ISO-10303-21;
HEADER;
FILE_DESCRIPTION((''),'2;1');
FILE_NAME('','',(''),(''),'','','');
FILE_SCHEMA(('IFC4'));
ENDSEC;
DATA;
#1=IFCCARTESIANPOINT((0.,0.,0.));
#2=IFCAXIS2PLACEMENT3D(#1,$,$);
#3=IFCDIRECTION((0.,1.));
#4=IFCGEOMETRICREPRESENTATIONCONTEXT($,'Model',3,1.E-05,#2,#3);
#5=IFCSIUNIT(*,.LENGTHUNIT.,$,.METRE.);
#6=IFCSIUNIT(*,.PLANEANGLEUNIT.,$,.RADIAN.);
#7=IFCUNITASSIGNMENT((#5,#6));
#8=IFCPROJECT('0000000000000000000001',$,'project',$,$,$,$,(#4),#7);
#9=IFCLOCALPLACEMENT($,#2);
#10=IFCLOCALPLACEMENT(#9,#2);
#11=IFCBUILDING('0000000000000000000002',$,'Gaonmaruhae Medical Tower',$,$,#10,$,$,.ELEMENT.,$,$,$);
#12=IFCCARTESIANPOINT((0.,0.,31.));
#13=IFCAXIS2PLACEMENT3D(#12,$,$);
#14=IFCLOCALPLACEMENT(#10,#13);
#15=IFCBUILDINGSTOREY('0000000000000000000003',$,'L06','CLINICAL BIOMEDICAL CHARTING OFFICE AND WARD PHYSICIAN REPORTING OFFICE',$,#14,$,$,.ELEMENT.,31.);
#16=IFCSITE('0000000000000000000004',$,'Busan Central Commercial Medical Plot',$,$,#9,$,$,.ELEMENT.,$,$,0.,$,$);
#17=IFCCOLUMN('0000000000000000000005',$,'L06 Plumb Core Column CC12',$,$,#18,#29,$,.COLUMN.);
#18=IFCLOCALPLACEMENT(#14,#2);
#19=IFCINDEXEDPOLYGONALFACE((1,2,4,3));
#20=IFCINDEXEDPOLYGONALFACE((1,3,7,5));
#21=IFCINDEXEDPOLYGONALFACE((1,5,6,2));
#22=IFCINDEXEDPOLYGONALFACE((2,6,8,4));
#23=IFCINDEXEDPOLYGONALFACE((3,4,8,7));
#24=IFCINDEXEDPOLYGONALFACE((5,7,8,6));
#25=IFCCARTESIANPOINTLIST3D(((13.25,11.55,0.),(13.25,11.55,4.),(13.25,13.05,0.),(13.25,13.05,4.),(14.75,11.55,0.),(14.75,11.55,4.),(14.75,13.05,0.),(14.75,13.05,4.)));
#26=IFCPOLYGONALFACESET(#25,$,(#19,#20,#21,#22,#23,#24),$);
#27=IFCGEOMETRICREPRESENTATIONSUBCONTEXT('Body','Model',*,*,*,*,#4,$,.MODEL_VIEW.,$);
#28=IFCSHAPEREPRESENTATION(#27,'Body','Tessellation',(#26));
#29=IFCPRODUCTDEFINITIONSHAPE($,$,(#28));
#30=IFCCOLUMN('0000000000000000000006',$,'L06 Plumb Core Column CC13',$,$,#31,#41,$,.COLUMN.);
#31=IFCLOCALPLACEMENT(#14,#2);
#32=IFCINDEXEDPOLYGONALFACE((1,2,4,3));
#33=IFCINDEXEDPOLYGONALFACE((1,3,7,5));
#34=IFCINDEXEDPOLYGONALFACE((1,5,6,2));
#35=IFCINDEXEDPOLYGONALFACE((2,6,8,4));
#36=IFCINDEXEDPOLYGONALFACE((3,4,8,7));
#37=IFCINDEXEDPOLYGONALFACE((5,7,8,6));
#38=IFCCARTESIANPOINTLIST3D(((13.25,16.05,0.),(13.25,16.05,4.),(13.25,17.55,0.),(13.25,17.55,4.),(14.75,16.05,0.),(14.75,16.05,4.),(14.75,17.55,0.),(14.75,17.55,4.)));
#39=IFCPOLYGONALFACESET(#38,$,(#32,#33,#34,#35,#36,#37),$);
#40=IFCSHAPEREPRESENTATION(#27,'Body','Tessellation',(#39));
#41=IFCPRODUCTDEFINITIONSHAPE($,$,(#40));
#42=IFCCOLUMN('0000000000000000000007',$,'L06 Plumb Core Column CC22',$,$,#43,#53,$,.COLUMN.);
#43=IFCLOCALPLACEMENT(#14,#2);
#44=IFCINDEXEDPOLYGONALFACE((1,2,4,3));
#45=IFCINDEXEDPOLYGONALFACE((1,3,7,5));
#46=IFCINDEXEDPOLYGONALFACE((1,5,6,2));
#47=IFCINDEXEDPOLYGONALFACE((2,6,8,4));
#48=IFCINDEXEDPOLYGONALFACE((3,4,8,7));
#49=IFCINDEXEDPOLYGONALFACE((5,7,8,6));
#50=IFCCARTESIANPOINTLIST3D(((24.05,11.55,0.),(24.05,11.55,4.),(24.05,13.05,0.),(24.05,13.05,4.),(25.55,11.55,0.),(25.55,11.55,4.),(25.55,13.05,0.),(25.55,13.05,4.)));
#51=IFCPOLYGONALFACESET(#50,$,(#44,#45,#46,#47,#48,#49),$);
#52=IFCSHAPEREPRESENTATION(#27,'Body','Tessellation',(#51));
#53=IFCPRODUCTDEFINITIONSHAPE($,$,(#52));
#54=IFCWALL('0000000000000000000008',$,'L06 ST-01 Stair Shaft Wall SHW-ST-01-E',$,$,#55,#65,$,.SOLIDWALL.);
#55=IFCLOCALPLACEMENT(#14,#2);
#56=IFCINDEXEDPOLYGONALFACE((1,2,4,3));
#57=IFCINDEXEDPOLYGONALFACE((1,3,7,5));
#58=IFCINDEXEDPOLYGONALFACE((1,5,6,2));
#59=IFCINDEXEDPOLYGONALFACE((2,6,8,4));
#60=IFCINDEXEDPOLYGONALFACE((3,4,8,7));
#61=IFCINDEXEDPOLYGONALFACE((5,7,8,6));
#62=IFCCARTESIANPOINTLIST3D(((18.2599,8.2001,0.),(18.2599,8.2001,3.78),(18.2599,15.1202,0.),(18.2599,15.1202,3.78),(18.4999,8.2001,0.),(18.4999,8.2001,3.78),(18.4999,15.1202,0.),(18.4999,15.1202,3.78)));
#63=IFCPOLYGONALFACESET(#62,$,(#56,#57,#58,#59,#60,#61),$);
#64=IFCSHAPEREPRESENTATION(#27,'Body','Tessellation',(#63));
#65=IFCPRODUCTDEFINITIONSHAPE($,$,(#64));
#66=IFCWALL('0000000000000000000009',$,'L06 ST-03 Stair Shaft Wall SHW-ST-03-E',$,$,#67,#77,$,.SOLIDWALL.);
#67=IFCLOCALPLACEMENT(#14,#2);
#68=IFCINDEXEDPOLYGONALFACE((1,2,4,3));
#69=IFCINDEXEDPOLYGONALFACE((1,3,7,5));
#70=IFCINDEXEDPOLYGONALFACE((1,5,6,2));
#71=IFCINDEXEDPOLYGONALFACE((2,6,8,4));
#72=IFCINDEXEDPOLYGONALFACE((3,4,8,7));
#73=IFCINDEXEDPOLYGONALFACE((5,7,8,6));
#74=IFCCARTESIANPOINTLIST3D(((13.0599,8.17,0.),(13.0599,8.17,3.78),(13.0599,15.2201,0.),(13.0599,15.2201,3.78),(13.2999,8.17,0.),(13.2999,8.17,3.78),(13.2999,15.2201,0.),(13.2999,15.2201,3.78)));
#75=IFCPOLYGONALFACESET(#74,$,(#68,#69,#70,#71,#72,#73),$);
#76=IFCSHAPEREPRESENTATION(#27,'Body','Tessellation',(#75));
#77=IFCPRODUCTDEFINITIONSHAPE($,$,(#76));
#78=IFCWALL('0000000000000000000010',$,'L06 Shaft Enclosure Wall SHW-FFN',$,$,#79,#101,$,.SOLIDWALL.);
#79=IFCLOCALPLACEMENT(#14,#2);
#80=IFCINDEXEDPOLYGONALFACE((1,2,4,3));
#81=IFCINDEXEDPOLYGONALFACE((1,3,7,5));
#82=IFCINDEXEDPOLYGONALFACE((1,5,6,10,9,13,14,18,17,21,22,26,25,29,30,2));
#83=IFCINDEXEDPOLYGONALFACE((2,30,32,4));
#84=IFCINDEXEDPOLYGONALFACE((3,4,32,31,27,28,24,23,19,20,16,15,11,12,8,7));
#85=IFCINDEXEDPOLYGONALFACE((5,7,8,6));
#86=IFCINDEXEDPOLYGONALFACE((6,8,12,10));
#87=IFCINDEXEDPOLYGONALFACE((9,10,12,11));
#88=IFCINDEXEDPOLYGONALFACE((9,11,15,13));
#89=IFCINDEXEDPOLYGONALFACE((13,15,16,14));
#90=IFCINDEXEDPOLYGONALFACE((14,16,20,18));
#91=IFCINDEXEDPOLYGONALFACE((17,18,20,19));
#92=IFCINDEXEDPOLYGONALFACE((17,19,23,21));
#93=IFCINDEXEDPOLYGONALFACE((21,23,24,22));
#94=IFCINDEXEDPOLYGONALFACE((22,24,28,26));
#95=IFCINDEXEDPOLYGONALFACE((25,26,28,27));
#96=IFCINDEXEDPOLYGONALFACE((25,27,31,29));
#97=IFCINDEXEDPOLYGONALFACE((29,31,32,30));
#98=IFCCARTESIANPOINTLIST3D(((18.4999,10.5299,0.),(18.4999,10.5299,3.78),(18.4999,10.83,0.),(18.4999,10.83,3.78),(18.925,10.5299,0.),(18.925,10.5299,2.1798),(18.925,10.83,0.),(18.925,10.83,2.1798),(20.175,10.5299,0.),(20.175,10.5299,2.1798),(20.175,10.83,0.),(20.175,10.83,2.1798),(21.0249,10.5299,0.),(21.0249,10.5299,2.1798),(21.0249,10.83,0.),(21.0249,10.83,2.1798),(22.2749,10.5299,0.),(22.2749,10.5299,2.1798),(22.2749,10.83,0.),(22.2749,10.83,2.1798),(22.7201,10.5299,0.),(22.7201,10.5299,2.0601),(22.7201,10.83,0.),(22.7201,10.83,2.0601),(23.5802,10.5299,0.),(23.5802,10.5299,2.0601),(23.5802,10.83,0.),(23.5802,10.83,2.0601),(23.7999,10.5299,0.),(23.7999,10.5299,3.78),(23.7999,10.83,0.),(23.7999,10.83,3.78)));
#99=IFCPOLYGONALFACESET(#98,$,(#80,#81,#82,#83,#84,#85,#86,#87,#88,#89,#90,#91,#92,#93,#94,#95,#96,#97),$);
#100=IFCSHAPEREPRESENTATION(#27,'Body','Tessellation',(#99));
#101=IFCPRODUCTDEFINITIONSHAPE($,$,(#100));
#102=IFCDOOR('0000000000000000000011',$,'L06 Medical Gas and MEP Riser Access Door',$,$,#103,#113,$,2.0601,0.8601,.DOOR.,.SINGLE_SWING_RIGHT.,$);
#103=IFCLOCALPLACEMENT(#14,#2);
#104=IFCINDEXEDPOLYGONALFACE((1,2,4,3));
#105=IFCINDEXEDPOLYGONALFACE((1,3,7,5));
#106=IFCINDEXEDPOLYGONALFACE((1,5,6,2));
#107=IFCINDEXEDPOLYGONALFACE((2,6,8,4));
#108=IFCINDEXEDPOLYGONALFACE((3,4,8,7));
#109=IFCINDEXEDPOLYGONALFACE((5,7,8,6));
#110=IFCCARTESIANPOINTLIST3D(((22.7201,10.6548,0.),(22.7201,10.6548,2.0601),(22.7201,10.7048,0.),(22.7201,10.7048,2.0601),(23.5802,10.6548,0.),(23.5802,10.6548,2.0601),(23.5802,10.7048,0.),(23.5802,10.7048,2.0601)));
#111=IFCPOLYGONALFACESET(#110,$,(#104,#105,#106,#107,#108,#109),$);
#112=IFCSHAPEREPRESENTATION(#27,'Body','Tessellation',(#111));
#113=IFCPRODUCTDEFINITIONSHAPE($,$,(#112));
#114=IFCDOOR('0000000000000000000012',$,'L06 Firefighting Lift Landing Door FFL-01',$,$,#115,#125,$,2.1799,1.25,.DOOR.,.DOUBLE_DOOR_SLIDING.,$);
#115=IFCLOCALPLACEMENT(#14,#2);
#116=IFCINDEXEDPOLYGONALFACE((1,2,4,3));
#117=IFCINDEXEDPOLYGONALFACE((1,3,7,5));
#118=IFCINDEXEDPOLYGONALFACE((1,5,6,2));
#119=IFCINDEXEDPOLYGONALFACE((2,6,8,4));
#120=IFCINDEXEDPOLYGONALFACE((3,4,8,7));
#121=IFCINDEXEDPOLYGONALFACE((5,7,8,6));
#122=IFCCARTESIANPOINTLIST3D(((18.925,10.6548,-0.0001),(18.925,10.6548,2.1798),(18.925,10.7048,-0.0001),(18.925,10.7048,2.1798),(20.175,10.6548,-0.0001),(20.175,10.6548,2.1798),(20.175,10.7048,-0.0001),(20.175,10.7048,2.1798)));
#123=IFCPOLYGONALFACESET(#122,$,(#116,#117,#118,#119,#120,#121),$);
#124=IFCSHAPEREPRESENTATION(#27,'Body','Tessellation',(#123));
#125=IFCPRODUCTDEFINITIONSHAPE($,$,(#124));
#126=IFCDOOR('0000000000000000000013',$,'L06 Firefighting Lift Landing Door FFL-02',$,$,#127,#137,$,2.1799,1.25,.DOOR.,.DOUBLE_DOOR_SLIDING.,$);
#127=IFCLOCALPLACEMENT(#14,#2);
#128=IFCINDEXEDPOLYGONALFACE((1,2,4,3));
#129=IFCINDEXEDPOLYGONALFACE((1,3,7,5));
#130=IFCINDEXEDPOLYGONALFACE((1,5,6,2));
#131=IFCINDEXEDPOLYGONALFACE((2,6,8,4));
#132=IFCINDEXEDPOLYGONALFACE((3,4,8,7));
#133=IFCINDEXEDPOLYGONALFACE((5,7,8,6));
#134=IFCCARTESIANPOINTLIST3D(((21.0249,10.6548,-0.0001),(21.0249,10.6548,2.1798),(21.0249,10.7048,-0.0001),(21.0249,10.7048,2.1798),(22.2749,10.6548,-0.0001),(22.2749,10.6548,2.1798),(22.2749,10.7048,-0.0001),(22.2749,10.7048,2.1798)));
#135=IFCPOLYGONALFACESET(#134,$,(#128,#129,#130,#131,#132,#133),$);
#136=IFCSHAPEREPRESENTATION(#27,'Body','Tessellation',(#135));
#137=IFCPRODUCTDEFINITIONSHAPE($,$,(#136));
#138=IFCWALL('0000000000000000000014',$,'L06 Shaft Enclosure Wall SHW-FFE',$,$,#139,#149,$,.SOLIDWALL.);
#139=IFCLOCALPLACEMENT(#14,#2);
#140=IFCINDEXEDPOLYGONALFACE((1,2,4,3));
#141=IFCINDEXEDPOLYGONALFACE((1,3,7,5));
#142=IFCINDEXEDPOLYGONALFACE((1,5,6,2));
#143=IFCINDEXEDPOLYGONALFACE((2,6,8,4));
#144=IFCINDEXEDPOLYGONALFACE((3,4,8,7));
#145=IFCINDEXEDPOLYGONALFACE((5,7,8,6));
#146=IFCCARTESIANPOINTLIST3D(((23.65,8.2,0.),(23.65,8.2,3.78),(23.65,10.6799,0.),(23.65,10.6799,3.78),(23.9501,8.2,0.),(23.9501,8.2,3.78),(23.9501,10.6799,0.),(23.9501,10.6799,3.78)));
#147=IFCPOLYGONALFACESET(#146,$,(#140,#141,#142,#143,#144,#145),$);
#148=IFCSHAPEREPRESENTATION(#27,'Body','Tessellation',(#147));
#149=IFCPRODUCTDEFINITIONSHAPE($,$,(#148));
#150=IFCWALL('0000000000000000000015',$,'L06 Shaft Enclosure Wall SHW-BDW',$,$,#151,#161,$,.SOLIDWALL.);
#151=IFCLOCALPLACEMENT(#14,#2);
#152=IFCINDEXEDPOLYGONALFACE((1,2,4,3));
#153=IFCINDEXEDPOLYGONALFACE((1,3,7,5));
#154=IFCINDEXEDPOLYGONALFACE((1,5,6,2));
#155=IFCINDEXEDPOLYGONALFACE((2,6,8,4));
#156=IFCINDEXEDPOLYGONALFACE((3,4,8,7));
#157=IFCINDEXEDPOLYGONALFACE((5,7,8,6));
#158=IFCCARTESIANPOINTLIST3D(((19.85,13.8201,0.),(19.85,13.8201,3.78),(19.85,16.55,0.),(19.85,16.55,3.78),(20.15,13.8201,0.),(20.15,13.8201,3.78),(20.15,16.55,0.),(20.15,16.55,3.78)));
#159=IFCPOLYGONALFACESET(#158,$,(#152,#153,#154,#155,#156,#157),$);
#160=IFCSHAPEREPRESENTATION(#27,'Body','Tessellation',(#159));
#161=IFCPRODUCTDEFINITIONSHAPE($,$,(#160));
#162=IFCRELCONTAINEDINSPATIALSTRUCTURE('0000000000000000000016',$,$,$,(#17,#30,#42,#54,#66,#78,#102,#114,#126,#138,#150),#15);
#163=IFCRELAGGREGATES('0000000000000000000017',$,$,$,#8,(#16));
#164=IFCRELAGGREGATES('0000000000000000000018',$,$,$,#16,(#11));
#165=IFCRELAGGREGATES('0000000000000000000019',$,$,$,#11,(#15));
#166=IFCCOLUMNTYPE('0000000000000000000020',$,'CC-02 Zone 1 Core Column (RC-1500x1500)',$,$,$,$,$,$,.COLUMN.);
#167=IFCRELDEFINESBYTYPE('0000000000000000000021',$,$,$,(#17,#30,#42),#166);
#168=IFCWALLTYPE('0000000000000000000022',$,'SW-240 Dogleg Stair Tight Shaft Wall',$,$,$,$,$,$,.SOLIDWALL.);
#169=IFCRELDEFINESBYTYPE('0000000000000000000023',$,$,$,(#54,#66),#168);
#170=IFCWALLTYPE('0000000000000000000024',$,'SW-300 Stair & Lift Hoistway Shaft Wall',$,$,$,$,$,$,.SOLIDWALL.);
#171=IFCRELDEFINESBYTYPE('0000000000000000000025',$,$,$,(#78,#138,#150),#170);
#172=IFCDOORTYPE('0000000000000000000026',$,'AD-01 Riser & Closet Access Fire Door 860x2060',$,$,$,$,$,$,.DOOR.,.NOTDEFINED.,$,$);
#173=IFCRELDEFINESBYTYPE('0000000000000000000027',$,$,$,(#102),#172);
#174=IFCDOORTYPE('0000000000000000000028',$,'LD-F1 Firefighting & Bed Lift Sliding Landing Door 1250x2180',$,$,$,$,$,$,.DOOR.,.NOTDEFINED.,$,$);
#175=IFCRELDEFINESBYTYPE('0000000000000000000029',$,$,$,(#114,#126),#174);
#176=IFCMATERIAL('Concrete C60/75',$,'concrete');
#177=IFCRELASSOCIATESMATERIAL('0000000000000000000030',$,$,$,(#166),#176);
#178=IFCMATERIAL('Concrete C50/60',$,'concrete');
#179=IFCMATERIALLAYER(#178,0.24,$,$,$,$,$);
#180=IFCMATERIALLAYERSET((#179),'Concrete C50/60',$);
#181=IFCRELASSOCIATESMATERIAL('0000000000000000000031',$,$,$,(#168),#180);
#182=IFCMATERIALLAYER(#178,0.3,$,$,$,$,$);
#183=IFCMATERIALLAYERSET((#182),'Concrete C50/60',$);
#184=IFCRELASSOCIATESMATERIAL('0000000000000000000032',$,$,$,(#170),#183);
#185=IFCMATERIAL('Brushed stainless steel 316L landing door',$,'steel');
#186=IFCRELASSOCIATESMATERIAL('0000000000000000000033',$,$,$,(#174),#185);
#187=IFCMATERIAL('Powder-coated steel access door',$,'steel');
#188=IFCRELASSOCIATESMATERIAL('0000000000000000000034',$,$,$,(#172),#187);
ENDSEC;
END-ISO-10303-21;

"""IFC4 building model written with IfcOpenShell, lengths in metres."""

from ifc_helpers import new_model, si_unit, direction, frame, frame_2d, origin, origin_2d, place, context, subcontext, project, spatial, rectangle, extrude, material, layer, layer_set, material_profile, profile_set, type_object, element, fill, save


model = new_model("IFC4")

# Units and contexts
model_context = context("Model", 3, precision=1e-05, world=origin(), true_north=direction((0.0, 1.0)))
body_context = subcontext(model_context, "Body", "Model", "MODEL_VIEW")
ifc_project = project(units=[si_unit("LENGTHUNIT", "METRE"), si_unit("PLANEANGLEUNIT", "RADIAN")], contexts=[model_context])

# Site, building, storey
site_placement = place(None, origin())
site = spatial("IfcSite", under=ifc_project, at=site_placement, Name="Busan Central Commercial Medical Plot", CompositionType="ELEMENT", RefElevation=0.0)
building_placement = place(site_placement, origin())
building = spatial("IfcBuilding", under=site, at=building_placement, Name="Gaonmaruhae Medical Tower", CompositionType="ELEMENT")
storey_placement = place(building_placement, frame((0.0, 0.0, 31.0)))
storey = spatial("IfcBuildingStorey", under=building, at=storey_placement, Name="L06", Description="CLINICAL BIOMEDICAL CHARTING OFFICE AND WARD PHYSICIAN REPORTING OFFICE", CompositionType="ELEMENT", Elevation=31.0)

# Columns
ifc_material_1 = material(Name="Concrete C60/75", Category="concrete")
ifc_material_profile = material_profile(ifc_material_1, rectangle(XDim=1.5, YDim=1.5, at=origin_2d()), Name="RC-1500x1500")
ifc_profile_set = profile_set([ifc_material_profile], Name="Concrete C60/75")
column_type = type_object("IfcColumnType", Name="CC-02 Zone 1 Core Column (RC-1500x1500)", PredefinedType="COLUMN", material=ifc_profile_set)
for number, where, z_axis, x_axis, name in (
    (1, (14.0, 12.3, 0.0), (0.0, 0.0, 1.0), (1.0, 0.0, 0.0), "L06 Plumb Core Column CC12"),
    (2, (14.0, 16.8, 0.0), (0.0, 0.0, 1.0), (1.0, 0.0, 0.0), "L06 Plumb Core Column CC13"),
    (3, (24.8, 12.3, 0.0), (0.0, 0.0, 1.0), (1.0, 0.0, 0.0), "L06 Plumb Core Column CC22"),
):
    element("IfcColumn", number, at=place(storey_placement, frame(where, z_axis=z_axis, x_axis=x_axis)), inside=storey, type_object=column_type, Name=name, PredefinedType="COLUMN", context=body_context, shape_type="SweptSolid", body=[
        extrude(rectangle(XDim=1.5, YDim=1.5, at=origin_2d()), origin(), (0.0, 0.0, 1.0), 4.0),
    ])

# Shared definitions
ifc_material_2 = material(Name="Concrete C50/60", Category="concrete")
ifc_layer_1 = layer(ifc_material_2, 0.24)
ifc_layer_set_1 = layer_set([ifc_layer_1], Name="Concrete C50/60")
wall_type_1 = type_object("IfcWallType", Name="SW-240 Dogleg Stair Tight Shaft Wall", PredefinedType="SOLIDWALL", material=ifc_layer_set_1)

# Walls
wall_1_placement = place(storey_placement, frame((18.3799, 15.1201, 0.0), z_axis=(0.0, 0.0, 1.0), x_axis=(0.0, -1.0, 0.0)))
element("IfcWall", 4, at=wall_1_placement, inside=storey, type_object=wall_type_1, Name="L06 ST-01 Stair Shaft Wall SHW-ST-01-E", PredefinedType="SOLIDWALL", context=body_context, shape_type="SweptSolid", body=[
    extrude(rectangle(XDim=6.9202, YDim=0.24, at=frame_2d((3.46, 0.0))), origin(), (0.0, 0.0, 1.0), 3.78),
])
wall_2_placement = place(storey_placement, frame((13.1799, 15.22, 0.0), z_axis=(0.0, 0.0, 1.0), x_axis=(0.0, -1.0, 0.0)))
element("IfcWall", 5, at=wall_2_placement, inside=storey, type_object=wall_type_1, Name="L06 ST-03 Stair Shaft Wall SHW-ST-03-E", PredefinedType="SOLIDWALL", context=body_context, shape_type="SweptSolid", body=[
    extrude(rectangle(XDim=7.05, YDim=0.24, at=frame_2d((3.5249, 0.0))), origin(), (0.0, 0.0, 1.0), 3.78),
])

# Wall, openings, doors
ifc_layer_2 = layer(ifc_material_2, 0.3)
ifc_layer_set_2 = layer_set([ifc_layer_2], Name="Concrete C50/60")
wall_type_2 = type_object("IfcWallType", Name="SW-300 Stair & Lift Hoistway Shaft Wall", PredefinedType="SOLIDWALL", material=ifc_layer_set_2)
ifc_material_3 = material(Name="Brushed stainless steel 316L landing door", Category="steel")
door_type_1 = type_object("IfcDoorType", Name="LD-F1 Firefighting & Bed Lift Sliding Landing Door 1250x2180", OperationType="NOTDEFINED", PredefinedType="DOOR", material=ifc_material_3)
wall_3_placement = place(storey_placement, frame((18.5, 10.6799, 0.0), z_axis=(0.0, 0.0, 1.0), x_axis=(1.0, 0.0, 0.0)))
wall_3 = element("IfcWall", 6, at=wall_3_placement, inside=storey, type_object=wall_type_2, Name="L06 Shaft Enclosure Wall SHW-FFN", PredefinedType="SOLIDWALL", context=body_context, shape_type="SweptSolid", body=[
    extrude(rectangle(XDim=5.3, YDim=0.3, at=frame_2d((2.6499, 0.0))), origin(), (0.0, 0.0, 1.0), 3.78),
])
opening_1_placement = place(wall_3_placement, frame((4.22, 0.0, 0.0)))
opening_1 = element("IfcOpeningElement", 7, at=opening_1_placement, cuts=wall_3, PredefinedType="OPENING", context=body_context, shape_type="SweptSolid", body=[
    extrude(rectangle(XDim=0.8601, YDim=2.0601, at=frame_2d((0.4302, 1.03))), frame((0.0, 0.1602, 0.0), z_axis=(0.0, -1.0, 0.0), x_axis=(1.0, 0.0, 0.0)), (0.0, 0.0, 1.0), 0.3201),
])
opening_2_placement = place(wall_3_placement, frame((0.425, 0.0, 0.0)))
opening_2 = element("IfcOpeningElement", 8, at=opening_2_placement, cuts=wall_3, PredefinedType="OPENING", context=body_context, shape_type="SweptSolid", body=[
    extrude(rectangle(XDim=1.25, YDim=2.1799, at=frame_2d((0.625, 1.0898))), frame((0.0, 0.1602, 0.0), z_axis=(0.0, -1.0, 0.0), x_axis=(1.0, 0.0, 0.0)), (0.0, 0.0, 1.0), 0.3201),
])
opening_3_placement = place(wall_3_placement, frame((2.5249, 0.0, 0.0)))
opening_3 = element("IfcOpeningElement", 9, at=opening_3_placement, cuts=wall_3, PredefinedType="OPENING", context=body_context, shape_type="SweptSolid", body=[
    extrude(rectangle(XDim=1.25, YDim=2.1799, at=frame_2d((0.625, 1.0898))), frame((0.0, 0.1602, 0.0), z_axis=(0.0, -1.0, 0.0), x_axis=(1.0, 0.0, 0.0)), (0.0, 0.0, 1.0), 0.3201),
])
ifc_material_4 = material(Name="Powder-coated steel access door", Category="steel")
door_type_2 = type_object("IfcDoorType", Name="AD-01 Riser & Closet Access Fire Door 860x2060", OperationType="NOTDEFINED", PredefinedType="DOOR", material=ifc_material_4)
door_1_placement = place(opening_1_placement, origin())
door_1 = element("IfcDoor", 10, at=door_1_placement, inside=storey, type_object=door_type_2, Name="L06 Medical Gas and MEP Riser Access Door", OperationType="SINGLE_SWING_RIGHT", OverallHeight=2.0601, OverallWidth=0.8601, PredefinedType="DOOR", context=body_context, shape_type="SweptSolid", body=[
    extrude(rectangle(XDim=0.8601, YDim=2.0601, at=frame_2d((0.4302, 1.03))), frame((0.0, 0.0249, 0.0), z_axis=(0.0, -1.0, 0.0), x_axis=(1.0, 0.0, 0.0)), (0.0, 0.0, 1.0), 0.05),
])
fill(opening_1, door_1)
door_2_placement = place(opening_2_placement, origin())
door_2 = element("IfcDoor", 11, at=door_2_placement, inside=storey, type_object=door_type_1, Name="L06 Firefighting Lift Landing Door FFL-01", OperationType="DOUBLE_DOOR_SLIDING", OverallHeight=2.1799, OverallWidth=1.25, PredefinedType="DOOR", context=body_context, shape_type="SweptSolid", body=[
    extrude(rectangle(XDim=1.25, YDim=2.1799, at=frame_2d((0.625, 1.0898))), frame((0.0, 0.0249, 0.0), z_axis=(0.0, -1.0, 0.0), x_axis=(1.0, 0.0, 0.0)), (0.0, 0.0, 1.0), 0.05),
])
fill(opening_2, door_2)
door_3_placement = place(opening_3_placement, origin())
door_3 = element("IfcDoor", 12, at=door_3_placement, inside=storey, type_object=door_type_1, Name="L06 Firefighting Lift Landing Door FFL-02", OperationType="DOUBLE_DOOR_SLIDING", OverallHeight=2.1799, OverallWidth=1.25, PredefinedType="DOOR", context=body_context, shape_type="SweptSolid", body=[
    extrude(rectangle(XDim=1.25, YDim=2.1799, at=frame_2d((0.625, 1.0898))), frame((0.0, 0.0249, 0.0), z_axis=(0.0, -1.0, 0.0), x_axis=(1.0, 0.0, 0.0)), (0.0, 0.0, 1.0), 0.05),
])
fill(opening_3, door_3)

# Walls
wall_4_placement = place(storey_placement, frame((23.8, 8.2, 0.0), z_axis=(0.0, 0.0, 1.0), x_axis=(0.0, 1.0, 0.0)))
element("IfcWall", 13, at=wall_4_placement, inside=storey, type_object=wall_type_2, Name="L06 Shaft Enclosure Wall SHW-FFE", PredefinedType="SOLIDWALL", context=body_context, shape_type="SweptSolid", body=[
    extrude(rectangle(XDim=2.48, YDim=0.3, at=frame_2d((1.24, 0.0))), origin(), (0.0, 0.0, 1.0), 3.78),
])
wall_5_placement = place(storey_placement, frame((20.0, 13.8201, 0.0), z_axis=(0.0, 0.0, 1.0), x_axis=(0.0, 1.0, 0.0)))
element("IfcWall", 14, at=wall_5_placement, inside=storey, type_object=wall_type_2, Name="L06 Shaft Enclosure Wall SHW-BDW", PredefinedType="SOLIDWALL", context=body_context, shape_type="SweptSolid", body=[
    extrude(rectangle(XDim=2.73, YDim=0.3, at=frame_2d((1.365, 0.0))), origin(), (0.0, 0.0, 1.0), 3.78),
])

save(model, "model.ifc")
